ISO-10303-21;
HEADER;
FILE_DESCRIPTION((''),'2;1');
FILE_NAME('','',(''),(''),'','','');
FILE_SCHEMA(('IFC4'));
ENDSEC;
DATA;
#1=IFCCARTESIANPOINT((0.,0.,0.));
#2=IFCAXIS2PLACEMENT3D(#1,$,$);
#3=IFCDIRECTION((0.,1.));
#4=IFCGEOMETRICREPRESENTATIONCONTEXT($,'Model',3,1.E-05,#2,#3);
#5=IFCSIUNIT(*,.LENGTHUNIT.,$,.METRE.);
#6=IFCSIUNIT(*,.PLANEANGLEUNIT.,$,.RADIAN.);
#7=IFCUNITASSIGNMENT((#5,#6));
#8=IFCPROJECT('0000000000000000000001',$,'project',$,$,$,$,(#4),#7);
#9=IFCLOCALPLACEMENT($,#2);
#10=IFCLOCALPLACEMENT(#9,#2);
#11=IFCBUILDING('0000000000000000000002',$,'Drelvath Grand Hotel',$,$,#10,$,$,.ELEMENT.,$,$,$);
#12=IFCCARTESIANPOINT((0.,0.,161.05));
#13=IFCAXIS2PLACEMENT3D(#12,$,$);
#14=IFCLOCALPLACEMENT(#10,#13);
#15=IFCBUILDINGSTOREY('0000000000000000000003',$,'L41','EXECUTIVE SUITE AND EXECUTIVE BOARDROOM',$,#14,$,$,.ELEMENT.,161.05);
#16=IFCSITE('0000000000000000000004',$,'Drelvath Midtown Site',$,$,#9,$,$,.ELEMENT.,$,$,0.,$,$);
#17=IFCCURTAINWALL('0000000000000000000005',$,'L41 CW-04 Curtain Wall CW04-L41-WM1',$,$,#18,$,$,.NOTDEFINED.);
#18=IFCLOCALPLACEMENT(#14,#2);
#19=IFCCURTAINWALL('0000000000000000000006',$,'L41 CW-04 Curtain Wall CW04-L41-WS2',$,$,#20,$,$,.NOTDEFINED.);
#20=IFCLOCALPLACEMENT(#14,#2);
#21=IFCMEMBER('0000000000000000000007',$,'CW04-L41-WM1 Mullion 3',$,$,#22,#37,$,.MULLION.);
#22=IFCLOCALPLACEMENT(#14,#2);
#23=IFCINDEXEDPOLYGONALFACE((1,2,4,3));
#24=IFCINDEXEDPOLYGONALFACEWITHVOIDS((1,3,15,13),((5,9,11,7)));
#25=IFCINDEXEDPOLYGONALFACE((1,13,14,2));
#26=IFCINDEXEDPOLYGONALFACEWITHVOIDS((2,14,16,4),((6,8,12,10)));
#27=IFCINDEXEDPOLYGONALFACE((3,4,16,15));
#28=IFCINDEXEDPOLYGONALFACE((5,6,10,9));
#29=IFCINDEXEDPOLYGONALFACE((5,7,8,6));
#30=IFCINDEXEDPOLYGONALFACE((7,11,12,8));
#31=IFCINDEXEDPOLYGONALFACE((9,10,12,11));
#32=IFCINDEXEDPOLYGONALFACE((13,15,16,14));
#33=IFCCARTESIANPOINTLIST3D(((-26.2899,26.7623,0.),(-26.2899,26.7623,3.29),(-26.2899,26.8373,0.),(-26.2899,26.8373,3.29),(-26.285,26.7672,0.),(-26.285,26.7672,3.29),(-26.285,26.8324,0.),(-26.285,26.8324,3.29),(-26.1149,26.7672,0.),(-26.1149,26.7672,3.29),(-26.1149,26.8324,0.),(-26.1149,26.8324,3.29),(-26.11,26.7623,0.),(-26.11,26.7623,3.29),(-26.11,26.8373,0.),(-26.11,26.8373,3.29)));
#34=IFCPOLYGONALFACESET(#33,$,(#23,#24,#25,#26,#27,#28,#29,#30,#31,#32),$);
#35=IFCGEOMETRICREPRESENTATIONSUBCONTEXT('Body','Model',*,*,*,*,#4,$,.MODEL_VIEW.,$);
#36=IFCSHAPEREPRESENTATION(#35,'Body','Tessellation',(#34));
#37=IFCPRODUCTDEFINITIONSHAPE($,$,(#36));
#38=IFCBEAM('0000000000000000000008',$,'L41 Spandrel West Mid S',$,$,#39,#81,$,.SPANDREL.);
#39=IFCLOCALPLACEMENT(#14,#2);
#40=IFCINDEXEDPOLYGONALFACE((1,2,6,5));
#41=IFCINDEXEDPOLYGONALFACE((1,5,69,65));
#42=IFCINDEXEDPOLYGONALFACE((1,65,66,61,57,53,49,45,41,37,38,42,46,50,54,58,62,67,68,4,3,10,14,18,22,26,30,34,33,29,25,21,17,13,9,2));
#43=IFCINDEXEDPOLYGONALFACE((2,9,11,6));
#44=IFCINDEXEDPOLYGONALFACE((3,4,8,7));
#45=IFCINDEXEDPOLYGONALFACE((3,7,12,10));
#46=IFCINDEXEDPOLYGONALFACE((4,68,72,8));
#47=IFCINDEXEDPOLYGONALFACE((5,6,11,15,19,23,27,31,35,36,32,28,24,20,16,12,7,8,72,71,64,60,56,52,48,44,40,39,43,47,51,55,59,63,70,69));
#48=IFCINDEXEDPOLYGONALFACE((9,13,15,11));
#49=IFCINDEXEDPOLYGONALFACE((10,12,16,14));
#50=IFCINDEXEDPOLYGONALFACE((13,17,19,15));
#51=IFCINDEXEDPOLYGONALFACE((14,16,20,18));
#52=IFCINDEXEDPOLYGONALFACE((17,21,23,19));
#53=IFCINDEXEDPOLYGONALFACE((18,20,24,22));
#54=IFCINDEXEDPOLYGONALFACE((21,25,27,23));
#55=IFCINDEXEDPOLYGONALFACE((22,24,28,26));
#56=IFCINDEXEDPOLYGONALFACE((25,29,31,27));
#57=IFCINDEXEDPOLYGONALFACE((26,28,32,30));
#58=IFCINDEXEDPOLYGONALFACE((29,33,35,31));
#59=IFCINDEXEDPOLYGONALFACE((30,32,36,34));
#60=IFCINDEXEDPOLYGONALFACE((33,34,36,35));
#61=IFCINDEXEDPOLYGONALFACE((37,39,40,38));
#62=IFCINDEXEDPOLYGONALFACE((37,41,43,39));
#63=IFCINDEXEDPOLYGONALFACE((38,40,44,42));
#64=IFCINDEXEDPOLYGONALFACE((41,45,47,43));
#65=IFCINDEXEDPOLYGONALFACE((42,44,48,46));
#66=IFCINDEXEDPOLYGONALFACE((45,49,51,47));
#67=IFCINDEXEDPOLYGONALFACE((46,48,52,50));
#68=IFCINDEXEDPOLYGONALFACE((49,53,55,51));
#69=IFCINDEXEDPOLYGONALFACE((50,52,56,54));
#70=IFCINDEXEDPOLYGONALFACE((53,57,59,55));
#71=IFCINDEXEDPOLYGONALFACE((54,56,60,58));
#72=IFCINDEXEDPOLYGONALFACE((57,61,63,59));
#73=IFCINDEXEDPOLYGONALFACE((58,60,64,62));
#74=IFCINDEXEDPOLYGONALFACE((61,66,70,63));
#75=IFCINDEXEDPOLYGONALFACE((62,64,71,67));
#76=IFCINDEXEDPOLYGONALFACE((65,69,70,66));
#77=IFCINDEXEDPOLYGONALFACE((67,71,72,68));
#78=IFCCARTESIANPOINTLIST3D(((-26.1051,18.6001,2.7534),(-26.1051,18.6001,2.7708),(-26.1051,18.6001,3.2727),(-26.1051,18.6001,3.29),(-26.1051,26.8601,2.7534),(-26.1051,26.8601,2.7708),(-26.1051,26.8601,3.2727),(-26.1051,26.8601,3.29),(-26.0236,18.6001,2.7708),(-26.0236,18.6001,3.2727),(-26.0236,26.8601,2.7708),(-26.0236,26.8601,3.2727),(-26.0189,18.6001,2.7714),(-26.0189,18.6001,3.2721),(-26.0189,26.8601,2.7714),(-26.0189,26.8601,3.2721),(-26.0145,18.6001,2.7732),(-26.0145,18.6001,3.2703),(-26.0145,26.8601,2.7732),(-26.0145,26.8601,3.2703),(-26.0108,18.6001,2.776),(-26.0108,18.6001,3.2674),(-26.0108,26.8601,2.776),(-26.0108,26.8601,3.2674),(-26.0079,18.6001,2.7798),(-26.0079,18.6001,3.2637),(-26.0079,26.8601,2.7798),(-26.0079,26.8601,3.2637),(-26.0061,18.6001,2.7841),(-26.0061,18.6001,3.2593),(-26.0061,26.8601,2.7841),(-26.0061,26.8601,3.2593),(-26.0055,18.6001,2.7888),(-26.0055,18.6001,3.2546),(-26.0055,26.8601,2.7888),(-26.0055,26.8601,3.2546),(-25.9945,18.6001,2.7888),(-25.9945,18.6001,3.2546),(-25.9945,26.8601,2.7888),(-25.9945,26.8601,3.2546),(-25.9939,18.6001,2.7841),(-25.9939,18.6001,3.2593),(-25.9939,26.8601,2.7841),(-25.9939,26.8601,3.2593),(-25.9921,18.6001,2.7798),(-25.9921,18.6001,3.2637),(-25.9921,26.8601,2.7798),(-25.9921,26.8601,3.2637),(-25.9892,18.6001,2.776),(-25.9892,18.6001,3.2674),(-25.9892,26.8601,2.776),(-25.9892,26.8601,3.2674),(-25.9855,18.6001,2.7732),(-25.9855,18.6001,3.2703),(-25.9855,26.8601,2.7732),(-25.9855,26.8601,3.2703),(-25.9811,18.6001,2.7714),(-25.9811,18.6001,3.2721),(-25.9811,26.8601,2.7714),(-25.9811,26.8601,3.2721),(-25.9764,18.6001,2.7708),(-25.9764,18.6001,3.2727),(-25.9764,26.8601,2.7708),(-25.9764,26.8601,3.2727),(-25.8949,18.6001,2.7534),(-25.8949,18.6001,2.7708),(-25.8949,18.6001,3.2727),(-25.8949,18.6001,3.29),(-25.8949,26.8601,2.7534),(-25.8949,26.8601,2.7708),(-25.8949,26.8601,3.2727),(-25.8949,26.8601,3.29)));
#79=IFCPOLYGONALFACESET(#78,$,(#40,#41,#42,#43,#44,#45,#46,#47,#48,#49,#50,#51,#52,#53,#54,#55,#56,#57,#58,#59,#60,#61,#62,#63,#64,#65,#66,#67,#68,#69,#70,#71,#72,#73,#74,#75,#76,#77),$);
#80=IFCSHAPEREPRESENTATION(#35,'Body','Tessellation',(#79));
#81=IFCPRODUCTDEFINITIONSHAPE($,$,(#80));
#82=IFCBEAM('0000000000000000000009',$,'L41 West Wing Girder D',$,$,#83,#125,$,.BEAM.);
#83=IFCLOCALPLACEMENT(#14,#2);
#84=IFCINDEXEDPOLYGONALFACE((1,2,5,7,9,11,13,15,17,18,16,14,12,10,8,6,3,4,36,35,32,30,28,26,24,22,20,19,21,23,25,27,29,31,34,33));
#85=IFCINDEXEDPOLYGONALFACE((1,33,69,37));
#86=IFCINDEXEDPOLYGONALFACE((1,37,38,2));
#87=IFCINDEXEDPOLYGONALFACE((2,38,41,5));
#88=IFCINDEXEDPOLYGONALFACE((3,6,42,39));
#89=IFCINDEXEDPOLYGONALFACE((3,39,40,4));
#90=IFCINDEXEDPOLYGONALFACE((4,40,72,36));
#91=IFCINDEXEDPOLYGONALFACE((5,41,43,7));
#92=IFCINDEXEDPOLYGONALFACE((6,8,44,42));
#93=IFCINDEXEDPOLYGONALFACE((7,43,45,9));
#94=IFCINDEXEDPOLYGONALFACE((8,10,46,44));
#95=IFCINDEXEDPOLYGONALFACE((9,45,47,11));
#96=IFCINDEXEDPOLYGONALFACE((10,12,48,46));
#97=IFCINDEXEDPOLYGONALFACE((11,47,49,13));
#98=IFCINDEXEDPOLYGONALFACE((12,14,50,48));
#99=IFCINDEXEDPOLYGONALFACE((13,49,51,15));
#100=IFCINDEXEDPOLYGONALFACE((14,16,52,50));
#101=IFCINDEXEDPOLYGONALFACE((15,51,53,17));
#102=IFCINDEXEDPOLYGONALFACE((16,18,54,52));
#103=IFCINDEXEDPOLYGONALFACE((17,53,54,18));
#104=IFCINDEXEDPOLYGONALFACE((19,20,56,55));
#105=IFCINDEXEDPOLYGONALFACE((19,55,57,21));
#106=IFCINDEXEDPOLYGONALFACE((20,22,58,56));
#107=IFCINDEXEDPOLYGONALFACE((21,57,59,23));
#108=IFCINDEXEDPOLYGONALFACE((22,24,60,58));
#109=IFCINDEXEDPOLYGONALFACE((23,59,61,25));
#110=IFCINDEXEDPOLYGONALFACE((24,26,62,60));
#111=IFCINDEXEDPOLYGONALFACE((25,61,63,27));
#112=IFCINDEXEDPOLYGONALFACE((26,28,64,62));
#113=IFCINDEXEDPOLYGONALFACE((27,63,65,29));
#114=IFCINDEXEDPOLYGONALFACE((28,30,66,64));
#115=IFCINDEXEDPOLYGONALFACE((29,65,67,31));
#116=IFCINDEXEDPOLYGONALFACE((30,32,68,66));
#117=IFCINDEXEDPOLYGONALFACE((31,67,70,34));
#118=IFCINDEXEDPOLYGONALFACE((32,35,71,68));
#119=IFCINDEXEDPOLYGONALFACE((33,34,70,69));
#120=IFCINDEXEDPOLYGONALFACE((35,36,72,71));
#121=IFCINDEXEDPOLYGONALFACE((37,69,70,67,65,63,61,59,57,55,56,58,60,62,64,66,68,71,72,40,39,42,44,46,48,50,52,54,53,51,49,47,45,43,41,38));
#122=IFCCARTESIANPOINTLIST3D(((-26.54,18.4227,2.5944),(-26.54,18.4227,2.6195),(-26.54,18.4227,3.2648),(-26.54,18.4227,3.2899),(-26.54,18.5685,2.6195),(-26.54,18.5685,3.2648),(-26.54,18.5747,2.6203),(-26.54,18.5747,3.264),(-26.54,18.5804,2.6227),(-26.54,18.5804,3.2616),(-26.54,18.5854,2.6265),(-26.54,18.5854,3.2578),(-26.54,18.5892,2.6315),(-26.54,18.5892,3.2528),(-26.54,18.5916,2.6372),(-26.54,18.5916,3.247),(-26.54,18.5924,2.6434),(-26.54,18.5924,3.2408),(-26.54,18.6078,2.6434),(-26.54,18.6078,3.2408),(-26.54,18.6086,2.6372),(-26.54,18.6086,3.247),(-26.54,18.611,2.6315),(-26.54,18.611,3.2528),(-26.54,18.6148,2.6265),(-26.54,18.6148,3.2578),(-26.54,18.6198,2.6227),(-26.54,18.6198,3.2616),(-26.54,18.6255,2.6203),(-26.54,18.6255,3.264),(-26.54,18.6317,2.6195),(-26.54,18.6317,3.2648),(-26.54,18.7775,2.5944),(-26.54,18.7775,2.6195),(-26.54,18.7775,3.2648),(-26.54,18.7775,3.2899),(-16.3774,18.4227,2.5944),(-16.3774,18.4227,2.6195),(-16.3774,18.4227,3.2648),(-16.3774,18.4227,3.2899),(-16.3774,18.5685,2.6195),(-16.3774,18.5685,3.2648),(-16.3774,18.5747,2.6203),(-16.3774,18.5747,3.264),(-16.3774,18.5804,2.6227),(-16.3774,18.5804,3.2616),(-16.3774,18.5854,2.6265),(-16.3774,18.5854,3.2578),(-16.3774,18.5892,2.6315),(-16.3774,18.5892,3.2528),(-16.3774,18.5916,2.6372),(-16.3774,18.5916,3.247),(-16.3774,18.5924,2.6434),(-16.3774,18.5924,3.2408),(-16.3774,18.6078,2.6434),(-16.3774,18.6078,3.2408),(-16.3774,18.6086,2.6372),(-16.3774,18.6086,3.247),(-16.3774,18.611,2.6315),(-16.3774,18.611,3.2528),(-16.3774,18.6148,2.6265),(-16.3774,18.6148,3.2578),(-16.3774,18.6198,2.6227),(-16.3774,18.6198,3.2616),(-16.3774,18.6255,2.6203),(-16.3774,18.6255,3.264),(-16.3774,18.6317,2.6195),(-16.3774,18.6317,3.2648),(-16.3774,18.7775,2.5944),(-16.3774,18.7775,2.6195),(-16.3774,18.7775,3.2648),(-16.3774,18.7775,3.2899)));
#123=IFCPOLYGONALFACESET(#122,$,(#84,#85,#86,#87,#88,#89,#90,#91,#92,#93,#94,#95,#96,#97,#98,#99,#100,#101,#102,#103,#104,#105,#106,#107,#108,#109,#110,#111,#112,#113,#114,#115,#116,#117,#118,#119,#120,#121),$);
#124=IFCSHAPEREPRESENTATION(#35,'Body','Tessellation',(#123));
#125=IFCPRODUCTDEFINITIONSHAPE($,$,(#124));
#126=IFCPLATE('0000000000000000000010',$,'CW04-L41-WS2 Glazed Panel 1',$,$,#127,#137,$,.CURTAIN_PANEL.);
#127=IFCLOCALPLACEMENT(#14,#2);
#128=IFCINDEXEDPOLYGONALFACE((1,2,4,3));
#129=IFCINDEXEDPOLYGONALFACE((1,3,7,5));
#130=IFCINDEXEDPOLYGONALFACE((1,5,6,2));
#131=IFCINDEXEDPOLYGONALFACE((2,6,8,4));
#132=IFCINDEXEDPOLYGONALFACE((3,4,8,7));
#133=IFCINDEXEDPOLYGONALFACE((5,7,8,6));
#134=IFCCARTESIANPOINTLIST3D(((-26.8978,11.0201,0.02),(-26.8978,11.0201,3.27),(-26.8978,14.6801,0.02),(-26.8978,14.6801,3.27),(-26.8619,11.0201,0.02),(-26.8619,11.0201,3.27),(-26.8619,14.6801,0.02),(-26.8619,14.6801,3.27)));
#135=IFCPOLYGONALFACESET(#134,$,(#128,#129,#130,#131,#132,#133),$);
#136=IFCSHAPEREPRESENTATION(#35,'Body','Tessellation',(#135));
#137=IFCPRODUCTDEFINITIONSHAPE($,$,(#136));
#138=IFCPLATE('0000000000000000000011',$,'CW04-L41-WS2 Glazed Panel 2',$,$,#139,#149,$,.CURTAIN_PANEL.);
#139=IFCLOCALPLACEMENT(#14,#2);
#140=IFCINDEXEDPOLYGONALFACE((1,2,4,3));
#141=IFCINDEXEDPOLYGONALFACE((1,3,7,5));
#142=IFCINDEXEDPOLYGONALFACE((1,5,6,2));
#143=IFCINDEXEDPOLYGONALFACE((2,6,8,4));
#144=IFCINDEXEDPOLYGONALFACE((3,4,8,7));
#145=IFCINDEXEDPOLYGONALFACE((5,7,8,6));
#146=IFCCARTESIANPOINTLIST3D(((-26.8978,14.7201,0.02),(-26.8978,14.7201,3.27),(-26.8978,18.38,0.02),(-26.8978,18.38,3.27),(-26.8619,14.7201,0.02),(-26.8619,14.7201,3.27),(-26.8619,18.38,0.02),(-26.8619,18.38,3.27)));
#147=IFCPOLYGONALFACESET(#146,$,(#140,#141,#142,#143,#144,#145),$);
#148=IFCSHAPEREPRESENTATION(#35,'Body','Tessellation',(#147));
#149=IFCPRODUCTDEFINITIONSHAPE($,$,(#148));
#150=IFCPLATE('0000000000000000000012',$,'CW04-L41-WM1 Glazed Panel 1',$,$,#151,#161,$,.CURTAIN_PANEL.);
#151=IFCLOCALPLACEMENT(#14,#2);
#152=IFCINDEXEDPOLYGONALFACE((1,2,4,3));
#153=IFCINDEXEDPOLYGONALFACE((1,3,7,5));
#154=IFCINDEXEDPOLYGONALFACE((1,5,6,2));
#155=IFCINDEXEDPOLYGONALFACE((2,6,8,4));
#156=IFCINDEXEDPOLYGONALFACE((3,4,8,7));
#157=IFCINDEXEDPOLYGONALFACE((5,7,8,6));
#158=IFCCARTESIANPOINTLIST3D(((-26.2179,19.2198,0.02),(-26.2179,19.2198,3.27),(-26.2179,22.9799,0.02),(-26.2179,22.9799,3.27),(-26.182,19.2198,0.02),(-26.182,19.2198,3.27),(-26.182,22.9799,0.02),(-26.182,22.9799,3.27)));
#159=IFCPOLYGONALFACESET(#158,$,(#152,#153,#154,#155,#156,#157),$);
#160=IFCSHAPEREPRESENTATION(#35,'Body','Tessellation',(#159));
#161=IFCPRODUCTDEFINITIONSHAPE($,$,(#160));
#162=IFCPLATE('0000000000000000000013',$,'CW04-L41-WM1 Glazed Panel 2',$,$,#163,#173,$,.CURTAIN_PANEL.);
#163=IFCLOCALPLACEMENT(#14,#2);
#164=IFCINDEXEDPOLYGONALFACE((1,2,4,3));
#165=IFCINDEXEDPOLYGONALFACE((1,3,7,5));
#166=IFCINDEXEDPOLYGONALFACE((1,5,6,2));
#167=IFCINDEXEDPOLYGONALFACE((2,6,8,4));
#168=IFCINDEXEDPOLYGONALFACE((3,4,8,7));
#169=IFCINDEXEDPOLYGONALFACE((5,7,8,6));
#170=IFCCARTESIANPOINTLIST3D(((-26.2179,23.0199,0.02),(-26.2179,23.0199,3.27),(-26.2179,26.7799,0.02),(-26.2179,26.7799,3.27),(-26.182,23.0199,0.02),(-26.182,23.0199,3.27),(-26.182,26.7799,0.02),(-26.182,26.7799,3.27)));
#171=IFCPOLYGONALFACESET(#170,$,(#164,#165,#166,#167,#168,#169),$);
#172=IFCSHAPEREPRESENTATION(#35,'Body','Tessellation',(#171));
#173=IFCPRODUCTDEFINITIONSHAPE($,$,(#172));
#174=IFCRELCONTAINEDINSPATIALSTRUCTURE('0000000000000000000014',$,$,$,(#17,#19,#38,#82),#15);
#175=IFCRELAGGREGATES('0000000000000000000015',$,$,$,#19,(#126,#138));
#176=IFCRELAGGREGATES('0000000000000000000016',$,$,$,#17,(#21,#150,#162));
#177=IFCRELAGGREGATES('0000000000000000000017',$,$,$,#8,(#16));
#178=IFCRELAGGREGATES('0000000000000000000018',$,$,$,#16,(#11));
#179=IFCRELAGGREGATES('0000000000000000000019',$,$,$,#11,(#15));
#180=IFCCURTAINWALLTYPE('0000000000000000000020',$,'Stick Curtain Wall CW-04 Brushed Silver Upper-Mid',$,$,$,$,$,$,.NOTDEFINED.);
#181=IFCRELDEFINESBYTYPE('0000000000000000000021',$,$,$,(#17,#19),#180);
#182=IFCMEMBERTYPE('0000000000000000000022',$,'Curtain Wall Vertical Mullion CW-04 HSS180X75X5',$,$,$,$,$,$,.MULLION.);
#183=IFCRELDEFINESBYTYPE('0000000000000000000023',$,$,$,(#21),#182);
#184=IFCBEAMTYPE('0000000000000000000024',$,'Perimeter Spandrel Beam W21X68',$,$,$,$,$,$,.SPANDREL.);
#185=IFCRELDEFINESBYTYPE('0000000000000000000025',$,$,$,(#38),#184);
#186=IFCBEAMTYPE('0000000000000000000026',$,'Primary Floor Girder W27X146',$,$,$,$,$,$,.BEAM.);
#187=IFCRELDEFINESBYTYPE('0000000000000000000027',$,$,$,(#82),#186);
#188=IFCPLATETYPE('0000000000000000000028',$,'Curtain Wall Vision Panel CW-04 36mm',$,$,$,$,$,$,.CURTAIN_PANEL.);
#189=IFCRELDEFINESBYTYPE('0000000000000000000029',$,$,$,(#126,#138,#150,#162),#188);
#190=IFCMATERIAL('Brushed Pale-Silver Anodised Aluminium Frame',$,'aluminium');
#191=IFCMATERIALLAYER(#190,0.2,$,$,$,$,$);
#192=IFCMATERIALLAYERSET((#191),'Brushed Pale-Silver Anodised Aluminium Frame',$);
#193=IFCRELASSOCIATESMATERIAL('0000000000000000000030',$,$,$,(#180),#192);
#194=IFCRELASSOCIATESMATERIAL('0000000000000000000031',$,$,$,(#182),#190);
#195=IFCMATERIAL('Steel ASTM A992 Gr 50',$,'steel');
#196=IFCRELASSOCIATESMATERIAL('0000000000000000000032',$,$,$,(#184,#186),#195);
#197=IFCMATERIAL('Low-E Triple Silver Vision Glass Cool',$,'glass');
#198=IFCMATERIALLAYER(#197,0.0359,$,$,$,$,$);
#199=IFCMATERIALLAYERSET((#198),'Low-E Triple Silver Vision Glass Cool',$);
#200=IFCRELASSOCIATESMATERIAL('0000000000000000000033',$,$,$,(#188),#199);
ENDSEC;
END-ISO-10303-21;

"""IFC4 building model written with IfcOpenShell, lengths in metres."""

from ifc_helpers import new_model, si_unit, direction, frame, origin, origin_2d, place, context, subcontext, project, spatial, rectangle, hollow_rectangle, i_section, extrude, material, layer, layer_set, material_profile, profile_set, type_object, element, aggregate, save


model = new_model("IFC4")

# Units and contexts
model_context = context("Model", 3, precision=1e-05, world=origin(), true_north=direction((0.0, 1.0)))
body_context = subcontext(model_context, "Body", "Model", "MODEL_VIEW")
ifc_project = project(units=[si_unit("LENGTHUNIT", "METRE"), si_unit("PLANEANGLEUNIT", "RADIAN")], contexts=[model_context])

# Site, building, storey
site_placement = place(None, origin())
site = spatial("IfcSite", under=ifc_project, at=site_placement, Name="Drelvath Midtown Site", CompositionType="ELEMENT", RefElevation=0.0)
building_placement = place(site_placement, origin())
building = spatial("IfcBuilding", under=site, at=building_placement, Name="Drelvath Grand Hotel", CompositionType="ELEMENT")
storey_placement = place(building_placement, frame((0.0, 0.0, 161.05)))
storey = spatial("IfcBuildingStorey", under=building, at=storey_placement, Name="L41", Description="EXECUTIVE SUITE AND EXECUTIVE BOARDROOM", CompositionType="ELEMENT", Elevation=161.05)

# Shared definitions
ifc_material_1 = material(Name="Steel ASTM A992 Gr 50", Category="steel")

# Curtain wall
ifc_material_2 = material(Name="Brushed Pale-Silver Anodised Aluminium Frame", Category="aluminium")
ifc_layer_1 = layer(ifc_material_2, 0.2)
ifc_layer_set_1 = layer_set([ifc_layer_1], Name="Brushed Pale-Silver Anodised Aluminium Frame")
curtain_wall_type = type_object("IfcCurtainWallType", Name="Stick Curtain Wall CW-04 Brushed Silver Upper-Mid", PredefinedType="NOTDEFINED", material=ifc_layer_set_1)
curtain_wall_1_placement = place(storey_placement, origin())
curtain_wall_1 = element("IfcCurtainWall", 1, at=curtain_wall_1_placement, inside=storey, type_object=curtain_wall_type, Name="L41 CW-04 Curtain Wall CW04-L41-WM1", PredefinedType="NOTDEFINED")

# Curtain wall
curtain_wall_2_placement = place(storey_placement, origin())
curtain_wall_2 = element("IfcCurtainWall", 2, at=curtain_wall_2_placement, inside=storey, type_object=curtain_wall_type, Name="L41 CW-04 Curtain Wall CW04-L41-WS2", PredefinedType="NOTDEFINED")
ifc_material_profile_1 = material_profile(ifc_material_2, hollow_rectangle(XDim=0.075, YDim=0.1799, WallThickness=0.0049, at=origin_2d()), Name="HSS180X75X5")
ifc_profile_set_1 = profile_set([ifc_material_profile_1], Name="Brushed Pale-Silver Anodised Aluminium Frame")
member_type_1 = type_object("IfcMemberType", Name="Curtain Wall Vertical Mullion CW-04 HSS180X75X5", PredefinedType="MULLION", material=ifc_profile_set_1)

# Member
member_1_placement = place(storey_placement, frame((-26.2, 26.7998, 0.0), z_axis=(0.0, 0.0, 1.0), x_axis=(0.0, 1.0, 0.0)))
member_1 = element("IfcMember", 3, at=member_1_placement, type_object=member_type_1, Name="CW04-L41-WM1 Mullion 3", PredefinedType="MULLION", context=body_context, shape_type="SweptSolid", body=[
    extrude(hollow_rectangle(XDim=0.075, YDim=0.1799, WallThickness=0.0049, at=origin_2d()), origin(), (0.0, 0.0, 1.0), 3.29),
])

# Beams
ifc_material_profile_2 = material_profile(ifc_material_1, i_section(OverallWidth=0.2102, OverallDepth=0.5366, WebThickness=0.011, FlangeThickness=0.0173, FilletRadius=0.0181, at=origin_2d()), Name="W21X68")
ifc_profile_set_2 = profile_set([ifc_material_profile_2], Name="Steel ASTM A992 Gr 50")
beam_type_1 = type_object("IfcBeamType", Name="Perimeter Spandrel Beam W21X68", PredefinedType="SPANDREL", material=ifc_profile_set_2)
beam_1_placement = place(storey_placement, frame((-26.0, 18.6001, 3.0217), z_axis=(0.0, 1.0, 0.0), x_axis=(-1.0, 0.0, 0.0)))
element("IfcBeam", 4, at=beam_1_placement, inside=storey, type_object=beam_type_1, Name="L41 Spandrel West Mid S", PredefinedType="SPANDREL", context=body_context, shape_type="SweptSolid", body=[
    extrude(i_section(OverallWidth=0.2102, OverallDepth=0.5366, WebThickness=0.011, FlangeThickness=0.0173, FilletRadius=0.0181, at=origin_2d()), origin(), (0.0, 0.0, 1.0), 8.26),
])
ifc_material_profile_3 = material_profile(ifc_material_1, i_section(OverallWidth=0.3547, OverallDepth=0.6956, WebThickness=0.0154, FlangeThickness=0.0251, FilletRadius=0.0239, at=origin_2d()), Name="W27X146")
ifc_profile_set_3 = profile_set([ifc_material_profile_3], Name="Steel ASTM A992 Gr 50")
beam_type_2 = type_object("IfcBeamType", Name="Primary Floor Girder W27X146", PredefinedType="BEAM", material=ifc_profile_set_3)
beam_2_placement = place(storey_placement, frame((-26.54, 18.6001, 2.9421), z_axis=(1.0, 0.0, 0.0), x_axis=(0.0, 1.0, 0.0)))
element("IfcBeam", 5, at=beam_2_placement, inside=storey, type_object=beam_type_2, Name="L41 West Wing Girder D", PredefinedType="BEAM", context=body_context, shape_type="SweptSolid", body=[
    extrude(i_section(OverallWidth=0.3547, OverallDepth=0.6956, WebThickness=0.0154, FlangeThickness=0.0251, FilletRadius=0.0239, at=origin_2d()), origin(), (0.0, 0.0, 1.0), 10.1626),
])

# Plates
ifc_material_3 = material(Name="Low-E Triple Silver Vision Glass Cool", Category="glass")
ifc_layer_2 = layer(ifc_material_3, 0.0359)
ifc_layer_set_2 = layer_set([ifc_layer_2], Name="Low-E Triple Silver Vision Glass Cool")
plate_type = type_object("IfcPlateType", Name="Curtain Wall Vision Panel CW-04 36mm", PredefinedType="CURTAIN_PANEL", material=ifc_layer_set_2)
plate_1_placement = place(storey_placement, frame((-26.8799, 12.8501, 0.02), z_axis=(0.0, 0.0, 1.0), x_axis=(0.0, 1.0, 0.0)))
plate_1 = element("IfcPlate", 6, at=plate_1_placement, type_object=plate_type, Name="CW04-L41-WS2 Glazed Panel 1", PredefinedType="CURTAIN_PANEL", context=body_context, shape_type="SweptSolid", body=[
    extrude(rectangle(XDim=3.6599, YDim=0.0359, at=origin_2d()), origin(), (0.0, 0.0, 1.0), 3.25),
])
plate_2_placement = place(storey_placement, frame((-26.8799, 16.55, 0.02), z_axis=(0.0, 0.0, 1.0), x_axis=(0.0, 1.0, 0.0)))
plate_2 = element("IfcPlate", 7, at=plate_2_placement, type_object=plate_type, Name="CW04-L41-WS2 Glazed Panel 2", PredefinedType="CURTAIN_PANEL", context=body_context, shape_type="SweptSolid", body=[
    extrude(rectangle(XDim=3.6599, YDim=0.0359, at=origin_2d()), origin(), (0.0, 0.0, 1.0), 3.25),
])
aggregate(curtain_wall_2, [plate_1, plate_2])
plate_3_placement = place(storey_placement, frame((-26.2, 21.0999, 0.02), z_axis=(0.0, 0.0, 1.0), x_axis=(0.0, 1.0, 0.0)))
plate_3 = element("IfcPlate", 8, at=plate_3_placement, type_object=plate_type, Name="CW04-L41-WM1 Glazed Panel 1", PredefinedType="CURTAIN_PANEL", context=body_context, shape_type="SweptSolid", body=[
    extrude(rectangle(XDim=3.76, YDim=0.0359, at=origin_2d()), origin(), (0.0, 0.0, 1.0), 3.25),
])
plate_4_placement = place(storey_placement, frame((-26.2, 24.8999, 0.02), z_axis=(0.0, 0.0, 1.0), x_axis=(0.0, 1.0, 0.0)))
plate_4 = element("IfcPlate", 9, at=plate_4_placement, type_object=plate_type, Name="CW04-L41-WM1 Glazed Panel 2", PredefinedType="CURTAIN_PANEL", context=body_context, shape_type="SweptSolid", body=[
    extrude(rectangle(XDim=3.76, YDim=0.0359, at=origin_2d()), origin(), (0.0, 0.0, 1.0), 3.25),
])
aggregate(curtain_wall_1, [member_1, plate_3, plate_4])

save(model, "model.ifc")
